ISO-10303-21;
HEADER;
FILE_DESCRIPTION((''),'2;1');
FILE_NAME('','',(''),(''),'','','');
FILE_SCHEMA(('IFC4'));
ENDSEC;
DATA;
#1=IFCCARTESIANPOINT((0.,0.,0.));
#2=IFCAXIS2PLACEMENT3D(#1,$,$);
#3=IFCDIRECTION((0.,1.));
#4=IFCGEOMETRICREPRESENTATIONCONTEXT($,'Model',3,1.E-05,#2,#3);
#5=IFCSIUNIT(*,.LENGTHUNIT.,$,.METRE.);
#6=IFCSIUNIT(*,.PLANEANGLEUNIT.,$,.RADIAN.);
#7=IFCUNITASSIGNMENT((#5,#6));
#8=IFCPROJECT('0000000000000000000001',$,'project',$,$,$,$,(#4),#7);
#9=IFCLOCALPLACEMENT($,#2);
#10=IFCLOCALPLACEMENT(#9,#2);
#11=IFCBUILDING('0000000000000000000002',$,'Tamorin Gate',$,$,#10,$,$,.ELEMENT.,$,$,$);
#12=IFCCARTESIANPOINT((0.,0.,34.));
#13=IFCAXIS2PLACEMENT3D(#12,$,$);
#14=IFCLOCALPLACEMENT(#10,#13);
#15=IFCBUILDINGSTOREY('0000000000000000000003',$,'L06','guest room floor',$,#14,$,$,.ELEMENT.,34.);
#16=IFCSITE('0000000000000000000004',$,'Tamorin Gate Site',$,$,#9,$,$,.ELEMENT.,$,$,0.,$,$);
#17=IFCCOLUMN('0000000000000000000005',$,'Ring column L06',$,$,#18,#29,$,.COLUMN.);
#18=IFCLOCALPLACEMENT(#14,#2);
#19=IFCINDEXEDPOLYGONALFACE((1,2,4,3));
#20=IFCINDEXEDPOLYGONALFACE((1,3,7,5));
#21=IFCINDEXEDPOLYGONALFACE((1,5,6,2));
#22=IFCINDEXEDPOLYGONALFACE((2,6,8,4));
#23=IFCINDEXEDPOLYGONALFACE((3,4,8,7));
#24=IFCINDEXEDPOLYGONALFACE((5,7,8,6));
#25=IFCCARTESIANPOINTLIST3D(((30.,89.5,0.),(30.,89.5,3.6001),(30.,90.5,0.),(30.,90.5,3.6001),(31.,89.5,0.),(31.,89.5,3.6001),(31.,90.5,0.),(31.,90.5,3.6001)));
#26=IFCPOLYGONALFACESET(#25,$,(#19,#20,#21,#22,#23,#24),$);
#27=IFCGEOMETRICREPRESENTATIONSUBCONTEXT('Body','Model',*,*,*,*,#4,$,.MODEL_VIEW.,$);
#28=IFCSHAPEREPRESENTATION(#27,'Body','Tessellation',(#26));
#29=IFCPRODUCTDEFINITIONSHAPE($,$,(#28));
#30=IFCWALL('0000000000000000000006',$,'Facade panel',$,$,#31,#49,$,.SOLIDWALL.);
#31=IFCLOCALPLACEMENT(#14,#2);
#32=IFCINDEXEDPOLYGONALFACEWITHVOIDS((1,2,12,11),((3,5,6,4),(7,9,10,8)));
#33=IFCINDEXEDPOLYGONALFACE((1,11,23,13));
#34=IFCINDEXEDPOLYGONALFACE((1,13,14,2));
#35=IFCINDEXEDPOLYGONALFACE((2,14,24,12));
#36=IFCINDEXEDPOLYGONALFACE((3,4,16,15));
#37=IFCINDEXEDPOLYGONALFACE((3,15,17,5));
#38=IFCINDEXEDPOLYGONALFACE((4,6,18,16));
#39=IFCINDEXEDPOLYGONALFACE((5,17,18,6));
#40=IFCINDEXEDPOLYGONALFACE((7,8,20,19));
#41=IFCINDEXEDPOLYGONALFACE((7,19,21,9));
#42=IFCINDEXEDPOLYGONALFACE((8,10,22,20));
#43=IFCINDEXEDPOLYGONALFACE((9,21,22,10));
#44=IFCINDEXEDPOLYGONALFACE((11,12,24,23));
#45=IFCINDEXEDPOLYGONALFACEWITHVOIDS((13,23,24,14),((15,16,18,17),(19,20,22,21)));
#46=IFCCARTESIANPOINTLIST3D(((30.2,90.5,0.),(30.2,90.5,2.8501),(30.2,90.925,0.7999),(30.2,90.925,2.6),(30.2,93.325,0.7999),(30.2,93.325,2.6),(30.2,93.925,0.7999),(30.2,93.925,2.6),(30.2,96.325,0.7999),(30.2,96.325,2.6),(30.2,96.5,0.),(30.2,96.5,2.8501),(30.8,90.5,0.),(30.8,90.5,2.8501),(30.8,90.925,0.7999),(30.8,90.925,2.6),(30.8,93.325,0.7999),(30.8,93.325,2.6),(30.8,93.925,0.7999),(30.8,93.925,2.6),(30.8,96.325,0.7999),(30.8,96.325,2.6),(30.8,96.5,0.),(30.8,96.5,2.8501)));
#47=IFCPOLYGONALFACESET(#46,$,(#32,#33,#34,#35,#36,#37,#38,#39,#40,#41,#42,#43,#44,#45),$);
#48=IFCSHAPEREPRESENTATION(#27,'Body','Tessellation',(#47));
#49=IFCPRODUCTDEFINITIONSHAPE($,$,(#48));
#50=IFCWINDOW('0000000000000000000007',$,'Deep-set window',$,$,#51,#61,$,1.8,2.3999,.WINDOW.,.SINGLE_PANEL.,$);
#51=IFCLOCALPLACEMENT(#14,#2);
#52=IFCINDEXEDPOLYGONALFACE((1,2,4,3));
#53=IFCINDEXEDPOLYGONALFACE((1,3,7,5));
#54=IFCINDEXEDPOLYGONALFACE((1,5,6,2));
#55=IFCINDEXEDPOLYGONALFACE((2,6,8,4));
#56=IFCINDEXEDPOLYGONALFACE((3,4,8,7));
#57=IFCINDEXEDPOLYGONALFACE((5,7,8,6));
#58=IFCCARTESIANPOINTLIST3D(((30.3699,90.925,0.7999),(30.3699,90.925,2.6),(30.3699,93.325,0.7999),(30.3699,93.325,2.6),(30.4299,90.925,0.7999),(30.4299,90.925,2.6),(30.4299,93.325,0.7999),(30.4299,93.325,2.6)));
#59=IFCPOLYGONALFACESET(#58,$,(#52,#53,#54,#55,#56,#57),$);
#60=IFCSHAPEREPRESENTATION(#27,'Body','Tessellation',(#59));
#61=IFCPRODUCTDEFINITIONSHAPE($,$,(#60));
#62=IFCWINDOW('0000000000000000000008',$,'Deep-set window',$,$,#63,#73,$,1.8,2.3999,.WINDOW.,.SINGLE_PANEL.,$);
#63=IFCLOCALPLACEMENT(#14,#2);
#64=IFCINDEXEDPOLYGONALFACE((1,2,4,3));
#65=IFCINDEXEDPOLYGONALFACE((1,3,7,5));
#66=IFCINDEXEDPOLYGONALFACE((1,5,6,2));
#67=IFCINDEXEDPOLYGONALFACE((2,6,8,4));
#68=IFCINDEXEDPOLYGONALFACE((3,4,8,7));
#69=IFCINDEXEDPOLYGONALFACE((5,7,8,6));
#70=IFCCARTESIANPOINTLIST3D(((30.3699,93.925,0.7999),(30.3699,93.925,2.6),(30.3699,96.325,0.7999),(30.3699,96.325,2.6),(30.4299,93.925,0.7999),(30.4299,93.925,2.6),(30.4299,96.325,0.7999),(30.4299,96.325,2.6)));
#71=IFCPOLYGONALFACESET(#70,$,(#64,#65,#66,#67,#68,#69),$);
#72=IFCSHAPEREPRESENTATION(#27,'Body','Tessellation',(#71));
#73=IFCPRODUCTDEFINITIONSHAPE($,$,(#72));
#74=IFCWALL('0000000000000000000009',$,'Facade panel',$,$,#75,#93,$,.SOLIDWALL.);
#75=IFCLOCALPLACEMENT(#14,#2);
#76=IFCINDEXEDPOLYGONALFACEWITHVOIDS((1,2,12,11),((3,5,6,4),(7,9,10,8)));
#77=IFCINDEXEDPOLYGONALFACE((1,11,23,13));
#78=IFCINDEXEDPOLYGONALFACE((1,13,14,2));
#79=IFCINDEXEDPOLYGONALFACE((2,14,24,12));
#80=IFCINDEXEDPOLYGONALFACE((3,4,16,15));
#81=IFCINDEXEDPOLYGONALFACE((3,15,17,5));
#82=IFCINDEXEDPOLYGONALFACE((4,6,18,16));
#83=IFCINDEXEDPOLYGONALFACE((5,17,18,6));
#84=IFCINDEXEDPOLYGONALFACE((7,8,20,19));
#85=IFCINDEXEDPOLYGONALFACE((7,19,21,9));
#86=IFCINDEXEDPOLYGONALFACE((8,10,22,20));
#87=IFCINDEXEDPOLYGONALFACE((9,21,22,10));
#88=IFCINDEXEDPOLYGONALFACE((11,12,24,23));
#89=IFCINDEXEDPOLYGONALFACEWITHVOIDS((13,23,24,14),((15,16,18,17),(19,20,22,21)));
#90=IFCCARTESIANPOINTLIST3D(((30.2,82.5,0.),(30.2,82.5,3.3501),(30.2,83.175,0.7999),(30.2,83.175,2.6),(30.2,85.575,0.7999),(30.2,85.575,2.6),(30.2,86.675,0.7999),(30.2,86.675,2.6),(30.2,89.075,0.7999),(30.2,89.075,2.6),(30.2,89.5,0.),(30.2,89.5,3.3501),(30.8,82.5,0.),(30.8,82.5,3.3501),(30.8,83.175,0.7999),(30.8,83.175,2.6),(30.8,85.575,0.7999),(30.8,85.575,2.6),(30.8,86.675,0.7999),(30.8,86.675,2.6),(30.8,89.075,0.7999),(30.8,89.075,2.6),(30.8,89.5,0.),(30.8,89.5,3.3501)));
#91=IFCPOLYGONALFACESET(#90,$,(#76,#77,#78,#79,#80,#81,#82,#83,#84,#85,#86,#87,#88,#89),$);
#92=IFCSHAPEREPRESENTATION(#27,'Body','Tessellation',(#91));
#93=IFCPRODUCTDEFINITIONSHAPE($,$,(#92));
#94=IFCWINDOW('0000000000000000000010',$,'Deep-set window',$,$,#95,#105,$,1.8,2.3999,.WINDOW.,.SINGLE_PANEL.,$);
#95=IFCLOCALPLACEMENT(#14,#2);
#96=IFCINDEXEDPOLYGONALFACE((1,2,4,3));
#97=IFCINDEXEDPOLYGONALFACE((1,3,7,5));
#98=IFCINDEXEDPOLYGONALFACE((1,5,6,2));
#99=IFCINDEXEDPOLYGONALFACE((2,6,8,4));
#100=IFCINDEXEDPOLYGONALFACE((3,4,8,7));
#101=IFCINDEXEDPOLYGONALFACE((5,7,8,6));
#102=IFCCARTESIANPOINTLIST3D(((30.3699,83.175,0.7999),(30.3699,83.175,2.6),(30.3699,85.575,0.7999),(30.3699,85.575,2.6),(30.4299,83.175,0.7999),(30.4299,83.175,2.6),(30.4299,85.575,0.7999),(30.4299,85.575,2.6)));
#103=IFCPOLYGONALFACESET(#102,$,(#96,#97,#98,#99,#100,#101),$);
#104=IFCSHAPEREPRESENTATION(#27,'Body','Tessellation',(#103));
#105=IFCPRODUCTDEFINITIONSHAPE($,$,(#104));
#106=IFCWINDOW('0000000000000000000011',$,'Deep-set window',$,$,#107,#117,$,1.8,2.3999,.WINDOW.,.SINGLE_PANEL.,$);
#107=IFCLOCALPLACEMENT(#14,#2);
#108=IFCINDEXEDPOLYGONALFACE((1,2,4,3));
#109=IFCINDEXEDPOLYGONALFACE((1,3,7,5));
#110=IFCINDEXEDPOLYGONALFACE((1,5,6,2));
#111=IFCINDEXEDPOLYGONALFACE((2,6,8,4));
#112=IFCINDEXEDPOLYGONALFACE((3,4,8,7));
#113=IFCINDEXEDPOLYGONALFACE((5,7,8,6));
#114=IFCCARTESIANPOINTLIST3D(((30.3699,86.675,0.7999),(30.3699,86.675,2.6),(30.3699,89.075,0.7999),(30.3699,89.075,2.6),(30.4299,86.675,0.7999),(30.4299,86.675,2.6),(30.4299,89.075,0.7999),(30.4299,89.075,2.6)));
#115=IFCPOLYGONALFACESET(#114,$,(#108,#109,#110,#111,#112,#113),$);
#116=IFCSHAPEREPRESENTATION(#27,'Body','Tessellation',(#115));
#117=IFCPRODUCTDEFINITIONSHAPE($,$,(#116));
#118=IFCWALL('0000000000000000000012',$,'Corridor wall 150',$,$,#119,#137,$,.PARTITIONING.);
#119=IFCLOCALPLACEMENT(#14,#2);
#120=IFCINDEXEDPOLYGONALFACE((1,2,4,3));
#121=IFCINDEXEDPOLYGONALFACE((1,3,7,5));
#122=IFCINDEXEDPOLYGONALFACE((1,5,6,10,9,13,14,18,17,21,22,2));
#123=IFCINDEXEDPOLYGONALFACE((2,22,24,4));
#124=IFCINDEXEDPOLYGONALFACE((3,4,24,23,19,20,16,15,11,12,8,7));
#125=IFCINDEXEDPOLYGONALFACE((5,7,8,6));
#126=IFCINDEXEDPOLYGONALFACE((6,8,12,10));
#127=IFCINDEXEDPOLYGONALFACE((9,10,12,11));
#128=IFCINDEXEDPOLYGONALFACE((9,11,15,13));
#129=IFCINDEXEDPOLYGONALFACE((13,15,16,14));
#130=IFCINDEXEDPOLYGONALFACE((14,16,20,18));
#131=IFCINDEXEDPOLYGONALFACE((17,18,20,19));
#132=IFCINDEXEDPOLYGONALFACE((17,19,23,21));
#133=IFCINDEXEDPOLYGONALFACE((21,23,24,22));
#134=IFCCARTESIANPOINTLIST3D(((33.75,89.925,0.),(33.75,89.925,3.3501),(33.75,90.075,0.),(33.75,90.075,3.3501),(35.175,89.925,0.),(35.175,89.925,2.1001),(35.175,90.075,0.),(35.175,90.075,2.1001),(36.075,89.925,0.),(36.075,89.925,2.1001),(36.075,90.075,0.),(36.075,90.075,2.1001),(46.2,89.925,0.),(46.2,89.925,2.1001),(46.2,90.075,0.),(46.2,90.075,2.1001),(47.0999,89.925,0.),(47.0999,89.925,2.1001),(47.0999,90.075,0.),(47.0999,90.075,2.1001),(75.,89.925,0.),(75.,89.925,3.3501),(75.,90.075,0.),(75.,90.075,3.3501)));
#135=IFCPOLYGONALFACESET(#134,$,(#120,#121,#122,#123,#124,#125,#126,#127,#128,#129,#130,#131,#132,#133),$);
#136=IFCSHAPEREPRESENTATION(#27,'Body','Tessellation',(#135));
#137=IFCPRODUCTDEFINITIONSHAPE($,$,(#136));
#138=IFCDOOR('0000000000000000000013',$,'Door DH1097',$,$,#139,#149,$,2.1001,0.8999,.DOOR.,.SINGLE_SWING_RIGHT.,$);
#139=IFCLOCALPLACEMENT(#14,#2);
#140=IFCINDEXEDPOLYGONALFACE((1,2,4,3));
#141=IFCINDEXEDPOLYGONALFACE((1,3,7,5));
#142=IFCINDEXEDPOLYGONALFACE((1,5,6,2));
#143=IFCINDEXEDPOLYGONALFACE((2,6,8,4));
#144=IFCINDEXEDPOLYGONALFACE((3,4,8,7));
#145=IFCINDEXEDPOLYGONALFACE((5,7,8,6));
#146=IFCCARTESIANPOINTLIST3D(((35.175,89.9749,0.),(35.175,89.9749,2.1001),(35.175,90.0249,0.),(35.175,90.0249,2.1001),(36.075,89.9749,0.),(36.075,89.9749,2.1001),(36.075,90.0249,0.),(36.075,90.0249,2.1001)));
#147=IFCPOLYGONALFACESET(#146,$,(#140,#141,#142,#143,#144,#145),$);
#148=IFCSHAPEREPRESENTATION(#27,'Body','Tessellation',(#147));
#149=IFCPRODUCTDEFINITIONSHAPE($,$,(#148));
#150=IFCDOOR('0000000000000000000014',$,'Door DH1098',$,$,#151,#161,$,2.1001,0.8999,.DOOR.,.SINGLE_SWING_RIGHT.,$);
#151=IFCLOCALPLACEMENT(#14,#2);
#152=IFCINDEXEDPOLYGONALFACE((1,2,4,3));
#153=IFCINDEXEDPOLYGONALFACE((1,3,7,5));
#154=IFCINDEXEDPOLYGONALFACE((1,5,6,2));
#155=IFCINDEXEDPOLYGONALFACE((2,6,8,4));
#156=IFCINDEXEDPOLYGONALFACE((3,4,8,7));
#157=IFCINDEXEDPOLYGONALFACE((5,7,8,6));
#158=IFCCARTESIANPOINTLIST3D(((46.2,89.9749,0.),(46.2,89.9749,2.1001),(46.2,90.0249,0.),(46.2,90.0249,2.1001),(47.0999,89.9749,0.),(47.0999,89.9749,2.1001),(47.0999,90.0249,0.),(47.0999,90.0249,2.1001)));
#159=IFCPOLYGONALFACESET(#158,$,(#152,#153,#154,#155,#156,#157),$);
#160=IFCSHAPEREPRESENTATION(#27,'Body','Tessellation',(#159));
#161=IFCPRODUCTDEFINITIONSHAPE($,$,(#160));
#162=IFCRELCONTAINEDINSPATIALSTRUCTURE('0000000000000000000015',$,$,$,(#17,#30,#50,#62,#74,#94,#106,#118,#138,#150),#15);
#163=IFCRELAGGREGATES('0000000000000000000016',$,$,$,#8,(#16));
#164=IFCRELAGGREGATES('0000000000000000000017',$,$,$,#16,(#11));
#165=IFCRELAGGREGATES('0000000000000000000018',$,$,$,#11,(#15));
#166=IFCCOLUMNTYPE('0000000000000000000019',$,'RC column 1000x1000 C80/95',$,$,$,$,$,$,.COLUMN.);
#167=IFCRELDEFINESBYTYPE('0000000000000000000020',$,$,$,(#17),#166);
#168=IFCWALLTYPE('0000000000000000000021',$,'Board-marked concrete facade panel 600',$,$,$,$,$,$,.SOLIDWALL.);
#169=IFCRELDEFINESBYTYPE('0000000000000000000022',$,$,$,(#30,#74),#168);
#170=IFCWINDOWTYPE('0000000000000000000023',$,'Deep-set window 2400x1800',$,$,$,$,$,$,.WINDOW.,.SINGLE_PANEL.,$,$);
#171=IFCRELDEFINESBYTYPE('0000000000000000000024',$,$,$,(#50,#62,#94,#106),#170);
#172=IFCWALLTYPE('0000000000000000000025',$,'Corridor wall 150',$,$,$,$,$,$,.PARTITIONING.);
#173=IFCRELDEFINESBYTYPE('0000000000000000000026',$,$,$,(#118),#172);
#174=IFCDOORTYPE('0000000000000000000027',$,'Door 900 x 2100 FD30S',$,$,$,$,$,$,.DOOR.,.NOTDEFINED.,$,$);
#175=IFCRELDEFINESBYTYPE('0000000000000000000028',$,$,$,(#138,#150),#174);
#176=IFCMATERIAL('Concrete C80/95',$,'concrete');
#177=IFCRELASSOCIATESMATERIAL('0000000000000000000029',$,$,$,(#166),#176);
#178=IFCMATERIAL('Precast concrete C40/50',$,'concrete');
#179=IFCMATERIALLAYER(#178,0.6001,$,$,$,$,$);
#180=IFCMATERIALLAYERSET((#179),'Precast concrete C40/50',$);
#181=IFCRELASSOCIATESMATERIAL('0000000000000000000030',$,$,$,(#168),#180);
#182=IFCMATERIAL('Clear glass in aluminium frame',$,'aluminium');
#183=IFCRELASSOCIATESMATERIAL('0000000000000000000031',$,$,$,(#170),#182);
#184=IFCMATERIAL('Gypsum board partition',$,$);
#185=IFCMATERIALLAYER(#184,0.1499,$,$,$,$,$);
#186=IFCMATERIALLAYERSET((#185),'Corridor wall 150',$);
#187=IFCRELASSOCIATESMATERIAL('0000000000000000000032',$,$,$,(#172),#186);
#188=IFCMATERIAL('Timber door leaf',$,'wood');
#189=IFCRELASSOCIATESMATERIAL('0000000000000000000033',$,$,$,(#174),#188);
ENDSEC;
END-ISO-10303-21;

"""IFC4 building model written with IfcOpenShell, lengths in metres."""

from ifc_helpers import new_model, si_unit, direction, frame, frame_2d, origin, origin_2d, place, context, subcontext, project, spatial, rectangle, extrude, material, layer, layer_set, material_profile, profile_set, type_object, element, fill, save


model = new_model("IFC4")

# Units and contexts
model_context = context("Model", 3, precision=1e-05, world=origin(), true_north=direction((0.0, 1.0)))
body_context = subcontext(model_context, "Body", "Model", "MODEL_VIEW")
ifc_project = project(units=[si_unit("LENGTHUNIT", "METRE"), si_unit("PLANEANGLEUNIT", "RADIAN")], contexts=[model_context])

# Site, building, storey
site_placement = place(None, origin())
site = spatial("IfcSite", under=ifc_project, at=site_placement, Name="Tamorin Gate Site", CompositionType="ELEMENT", RefElevation=0.0)
building_placement = place(site_placement, origin())
building = spatial("IfcBuilding", under=site, at=building_placement, Name="Tamorin Gate", CompositionType="ELEMENT")
storey_placement = place(building_placement, frame((0.0, 0.0, 34.0)))
storey = spatial("IfcBuildingStorey", under=building, at=storey_placement, Name="L06", Description="guest room floor", CompositionType="ELEMENT", Elevation=34.0)

# Column
ifc_material_1 = material(Name="Concrete C80/95", Category="concrete")
ifc_material_profile = material_profile(ifc_material_1, rectangle(XDim=1.0, YDim=1.0, at=origin_2d()), Name="RC 1000x1000")
ifc_profile_set = profile_set([ifc_material_profile], Name="Concrete C80/95")
column_type = type_object("IfcColumnType", Name="RC column 1000x1000 C80/95", PredefinedType="COLUMN", material=ifc_profile_set)
column_placement = place(storey_placement, frame((30.5, 90.0, 0.0), z_axis=(0.0, 0.0, 1.0), x_axis=(1.0, 0.0, 0.0)))
element("IfcColumn", 1, at=column_placement, inside=storey, type_object=column_type, Name="Ring column L06", PredefinedType="COLUMN", context=body_context, shape_type="SweptSolid", body=[
    extrude(rectangle(XDim=1.0, YDim=1.0, at=origin_2d()), origin(), (0.0, 0.0, 1.0), 3.6001),
])

# Walls, openings, windows
ifc_material_2 = material(Name="Precast concrete C40/50", Category="concrete")
ifc_layer_1 = layer(ifc_material_2, 0.6001)
ifc_layer_set_1 = layer_set([ifc_layer_1], Name="Precast concrete C40/50")
wall_type_1 = type_object("IfcWallType", Name="Board-marked concrete facade panel 600", PredefinedType="SOLIDWALL", material=ifc_layer_set_1)
wall_1_placement = place(storey_placement, frame((30.5, 96.5, 0.0), z_axis=(0.0, 0.0, 1.0), x_axis=(0.0, -1.0, 0.0)))
wall_1 = element("IfcWall", 2, at=wall_1_placement, inside=storey, type_object=wall_type_1, Name="Facade panel", PredefinedType="SOLIDWALL", context=body_context, shape_type="SweptSolid", body=[
    extrude(rectangle(XDim=6.0, YDim=0.6001, at=frame_2d((3.0, 0.0))), origin(), (0.0, 0.0, 1.0), 2.8501),
])
opening_1_placement = place(wall_1_placement, frame((3.175, 0.0, 0.8)))
opening_1 = element("IfcOpeningElement", 3, at=opening_1_placement, cuts=wall_1, PredefinedType="OPENING", context=body_context, shape_type="SweptSolid", body=[
    extrude(rectangle(XDim=2.3999, YDim=1.8, at=frame_2d((1.2, 0.8999))), frame((0.0, 0.3101, 0.0), z_axis=(0.0, -1.0, 0.0), x_axis=(1.0, 0.0, 0.0)), (0.0, 0.0, 1.0), 0.6201),
])
opening_2_placement = place(wall_1_placement, frame((0.175, 0.0, 0.8)))
opening_2 = element("IfcOpeningElement", 4, at=opening_2_placement, cuts=wall_1, PredefinedType="OPENING", context=body_context, shape_type="SweptSolid", body=[
    extrude(rectangle(XDim=2.3999, YDim=1.8, at=frame_2d((1.2, 0.8999))), frame((0.0, 0.3101, 0.0), z_axis=(0.0, -1.0, 0.0), x_axis=(1.0, 0.0, 0.0)), (0.0, 0.0, 1.0), 0.6201),
])
ifc_material_3 = material(Name="Clear glass in aluminium frame", Category="aluminium")
window_type = type_object("IfcWindowType", Name="Deep-set window 2400x1800", PartitioningType="SINGLE_PANEL", PredefinedType="WINDOW", material=ifc_material_3)
window_1_placement = place(opening_1_placement, origin())
window_1 = element("IfcWindow", 5, at=window_1_placement, inside=storey, type_object=window_type, Name="Deep-set window", OverallHeight=1.8, OverallWidth=2.3999, PartitioningType="SINGLE_PANEL", PredefinedType="WINDOW", context=body_context, shape_type="SweptSolid", body=[
    extrude(rectangle(XDim=2.3999, YDim=1.8, at=frame_2d((1.2, 0.8999))), frame((0.0, -0.0701, 0.0), z_axis=(0.0, -1.0, 0.0), x_axis=(1.0, 0.0, 0.0)), (0.0, 0.0, 1.0), 0.0601),
])
fill(opening_1, window_1)
window_2_placement = place(opening_2_placement, origin())
window_2 = element("IfcWindow", 6, at=window_2_placement, inside=storey, type_object=window_type, Name="Deep-set window", OverallHeight=1.8, OverallWidth=2.3999, PartitioningType="SINGLE_PANEL", PredefinedType="WINDOW", context=body_context, shape_type="SweptSolid", body=[
    extrude(rectangle(XDim=2.3999, YDim=1.8, at=frame_2d((1.2, 0.8999))), frame((0.0, -0.0701, 0.0), z_axis=(0.0, -1.0, 0.0), x_axis=(1.0, 0.0, 0.0)), (0.0, 0.0, 1.0), 0.0601),
])
fill(opening_2, window_2)
wall_2_placement = place(storey_placement, frame((30.5, 89.5, 0.0), z_axis=(0.0, 0.0, 1.0), x_axis=(0.0, -1.0, 0.0)))
wall_2 = element("IfcWall", 7, at=wall_2_placement, inside=storey, type_object=wall_type_1, Name="Facade panel", PredefinedType="SOLIDWALL", context=body_context, shape_type="SweptSolid", body=[
    extrude(rectangle(XDim=7.0, YDim=0.6001, at=frame_2d((3.5, 0.0))), origin(), (0.0, 0.0, 1.0), 3.3501),
])
opening_3_placement = place(wall_2_placement, frame((3.925, 0.0, 0.8)))
opening_3 = element("IfcOpeningElement", 8, at=opening_3_placement, cuts=wall_2, PredefinedType="OPENING", context=body_context, shape_type="SweptSolid", body=[
    extrude(rectangle(XDim=2.3999, YDim=1.8, at=frame_2d((1.2, 0.8999))), frame((0.0, 0.3101, 0.0), z_axis=(0.0, -1.0, 0.0), x_axis=(1.0, 0.0, 0.0)), (0.0, 0.0, 1.0), 0.6201),
])
opening_4_placement = place(wall_2_placement, frame((0.425, 0.0, 0.8)))
opening_4 = element("IfcOpeningElement", 9, at=opening_4_placement, cuts=wall_2, PredefinedType="OPENING", context=body_context, shape_type="SweptSolid", body=[
    extrude(rectangle(XDim=2.3999, YDim=1.8, at=frame_2d((1.2, 0.8999))), frame((0.0, 0.3101, 0.0), z_axis=(0.0, -1.0, 0.0), x_axis=(1.0, 0.0, 0.0)), (0.0, 0.0, 1.0), 0.6201),
])
window_3_placement = place(opening_3_placement, origin())
window_3 = element("IfcWindow", 10, at=window_3_placement, inside=storey, type_object=window_type, Name="Deep-set window", OverallHeight=1.8, OverallWidth=2.3999, PartitioningType="SINGLE_PANEL", PredefinedType="WINDOW", context=body_context, shape_type="SweptSolid", body=[
    extrude(rectangle(XDim=2.3999, YDim=1.8, at=frame_2d((1.2, 0.8999))), frame((0.0, -0.0701, 0.0), z_axis=(0.0, -1.0, 0.0), x_axis=(1.0, 0.0, 0.0)), (0.0, 0.0, 1.0), 0.0601),
])
fill(opening_3, window_3)
window_4_placement = place(opening_4_placement, origin())
window_4 = element("IfcWindow", 11, at=window_4_placement, inside=storey, type_object=window_type, Name="Deep-set window", OverallHeight=1.8, OverallWidth=2.3999, PartitioningType="SINGLE_PANEL", PredefinedType="WINDOW", context=body_context, shape_type="SweptSolid", body=[
    extrude(rectangle(XDim=2.3999, YDim=1.8, at=frame_2d((1.2, 0.8999))), frame((0.0, -0.0701, 0.0), z_axis=(0.0, -1.0, 0.0), x_axis=(1.0, 0.0, 0.0)), (0.0, 0.0, 1.0), 0.0601),
])
fill(opening_4, window_4)

# Wall, openings, doors
ifc_material_4 = material(Name="Gypsum board partition")
ifc_layer_2 = layer(ifc_material_4, 0.1499)
ifc_layer_set_2 = layer_set([ifc_layer_2], Name="Corridor wall 150")
wall_type_2 = type_object("IfcWallType", Name="Corridor wall 150", PredefinedType="PARTITIONING", material=ifc_layer_set_2)
wall_3_placement = place(storey_placement, frame((33.75, 90.0, 0.0), z_axis=(0.0, 0.0, 1.0), x_axis=(1.0, 0.0, 0.0)))
wall_3 = element("IfcWall", 12, at=wall_3_placement, inside=storey, type_object=wall_type_2, Name="Corridor wall 150", PredefinedType="PARTITIONING", context=body_context, shape_type="SweptSolid", body=[
    extrude(rectangle(XDim=41.25, YDim=0.1499, at=frame_2d((20.625, 0.0))), origin(), (0.0, 0.0, 1.0), 3.3501),
])
opening_5_placement = place(wall_3_placement, frame((1.425, 0.0, 0.0)))
opening_5 = element("IfcOpeningElement", 13, at=opening_5_placement, cuts=wall_3, PredefinedType="OPENING", context=body_context, shape_type="SweptSolid", body=[
    extrude(rectangle(XDim=0.8999, YDim=2.1001, at=frame_2d((0.45, 1.05))), frame((0.0, 0.085, 0.0), z_axis=(0.0, -1.0, 0.0), x_axis=(1.0, 0.0, 0.0)), (0.0, 0.0, 1.0), 0.1699),
])
opening_6_placement = place(wall_3_placement, frame((12.45, 0.0, 0.0)))
opening_6 = element("IfcOpeningElement", 14, at=opening_6_placement, cuts=wall_3, PredefinedType="OPENING", context=body_context, shape_type="SweptSolid", body=[
    extrude(rectangle(XDim=0.8999, YDim=2.1001, at=frame_2d((0.45, 1.05))), frame((0.0, 0.085, 0.0), z_axis=(0.0, -1.0, 0.0), x_axis=(1.0, 0.0, 0.0)), (0.0, 0.0, 1.0), 0.1699),
])
ifc_material_5 = material(Name="Timber door leaf", Category="wood")
door_type = type_object("IfcDoorType", Name="Door 900 x 2100 FD30S", OperationType="NOTDEFINED", PredefinedType="DOOR", material=ifc_material_5)
door_1_placement = place(opening_5_placement, origin())
door_1 = element("IfcDoor", 15, at=door_1_placement, inside=storey, type_object=door_type, Name="Door DH1097", OperationType="SINGLE_SWING_RIGHT", OverallHeight=2.1001, OverallWidth=0.8999, PredefinedType="DOOR", context=body_context, shape_type="SweptSolid", body=[
    extrude(rectangle(XDim=0.8999, YDim=2.1001, at=frame_2d((0.45, 1.05))), frame((0.0, 0.0249, 0.0), z_axis=(0.0, -1.0, 0.0), x_axis=(1.0, 0.0, 0.0)), (0.0, 0.0, 1.0), 0.05),
])
fill(opening_5, door_1)
door_2_placement = place(opening_6_placement, origin())
door_2 = element("IfcDoor", 16, at=door_2_placement, inside=storey, type_object=door_type, Name="Door DH1098", OperationType="SINGLE_SWING_RIGHT", OverallHeight=2.1001, OverallWidth=0.8999, PredefinedType="DOOR", context=body_context, shape_type="SweptSolid", body=[
    extrude(rectangle(XDim=0.8999, YDim=2.1001, at=frame_2d((0.45, 1.05))), frame((0.0, 0.0249, 0.0), z_axis=(0.0, -1.0, 0.0), x_axis=(1.0, 0.0, 0.0)), (0.0, 0.0, 1.0), 0.05),
])
fill(opening_6, door_2)

save(model, "model.ifc")
